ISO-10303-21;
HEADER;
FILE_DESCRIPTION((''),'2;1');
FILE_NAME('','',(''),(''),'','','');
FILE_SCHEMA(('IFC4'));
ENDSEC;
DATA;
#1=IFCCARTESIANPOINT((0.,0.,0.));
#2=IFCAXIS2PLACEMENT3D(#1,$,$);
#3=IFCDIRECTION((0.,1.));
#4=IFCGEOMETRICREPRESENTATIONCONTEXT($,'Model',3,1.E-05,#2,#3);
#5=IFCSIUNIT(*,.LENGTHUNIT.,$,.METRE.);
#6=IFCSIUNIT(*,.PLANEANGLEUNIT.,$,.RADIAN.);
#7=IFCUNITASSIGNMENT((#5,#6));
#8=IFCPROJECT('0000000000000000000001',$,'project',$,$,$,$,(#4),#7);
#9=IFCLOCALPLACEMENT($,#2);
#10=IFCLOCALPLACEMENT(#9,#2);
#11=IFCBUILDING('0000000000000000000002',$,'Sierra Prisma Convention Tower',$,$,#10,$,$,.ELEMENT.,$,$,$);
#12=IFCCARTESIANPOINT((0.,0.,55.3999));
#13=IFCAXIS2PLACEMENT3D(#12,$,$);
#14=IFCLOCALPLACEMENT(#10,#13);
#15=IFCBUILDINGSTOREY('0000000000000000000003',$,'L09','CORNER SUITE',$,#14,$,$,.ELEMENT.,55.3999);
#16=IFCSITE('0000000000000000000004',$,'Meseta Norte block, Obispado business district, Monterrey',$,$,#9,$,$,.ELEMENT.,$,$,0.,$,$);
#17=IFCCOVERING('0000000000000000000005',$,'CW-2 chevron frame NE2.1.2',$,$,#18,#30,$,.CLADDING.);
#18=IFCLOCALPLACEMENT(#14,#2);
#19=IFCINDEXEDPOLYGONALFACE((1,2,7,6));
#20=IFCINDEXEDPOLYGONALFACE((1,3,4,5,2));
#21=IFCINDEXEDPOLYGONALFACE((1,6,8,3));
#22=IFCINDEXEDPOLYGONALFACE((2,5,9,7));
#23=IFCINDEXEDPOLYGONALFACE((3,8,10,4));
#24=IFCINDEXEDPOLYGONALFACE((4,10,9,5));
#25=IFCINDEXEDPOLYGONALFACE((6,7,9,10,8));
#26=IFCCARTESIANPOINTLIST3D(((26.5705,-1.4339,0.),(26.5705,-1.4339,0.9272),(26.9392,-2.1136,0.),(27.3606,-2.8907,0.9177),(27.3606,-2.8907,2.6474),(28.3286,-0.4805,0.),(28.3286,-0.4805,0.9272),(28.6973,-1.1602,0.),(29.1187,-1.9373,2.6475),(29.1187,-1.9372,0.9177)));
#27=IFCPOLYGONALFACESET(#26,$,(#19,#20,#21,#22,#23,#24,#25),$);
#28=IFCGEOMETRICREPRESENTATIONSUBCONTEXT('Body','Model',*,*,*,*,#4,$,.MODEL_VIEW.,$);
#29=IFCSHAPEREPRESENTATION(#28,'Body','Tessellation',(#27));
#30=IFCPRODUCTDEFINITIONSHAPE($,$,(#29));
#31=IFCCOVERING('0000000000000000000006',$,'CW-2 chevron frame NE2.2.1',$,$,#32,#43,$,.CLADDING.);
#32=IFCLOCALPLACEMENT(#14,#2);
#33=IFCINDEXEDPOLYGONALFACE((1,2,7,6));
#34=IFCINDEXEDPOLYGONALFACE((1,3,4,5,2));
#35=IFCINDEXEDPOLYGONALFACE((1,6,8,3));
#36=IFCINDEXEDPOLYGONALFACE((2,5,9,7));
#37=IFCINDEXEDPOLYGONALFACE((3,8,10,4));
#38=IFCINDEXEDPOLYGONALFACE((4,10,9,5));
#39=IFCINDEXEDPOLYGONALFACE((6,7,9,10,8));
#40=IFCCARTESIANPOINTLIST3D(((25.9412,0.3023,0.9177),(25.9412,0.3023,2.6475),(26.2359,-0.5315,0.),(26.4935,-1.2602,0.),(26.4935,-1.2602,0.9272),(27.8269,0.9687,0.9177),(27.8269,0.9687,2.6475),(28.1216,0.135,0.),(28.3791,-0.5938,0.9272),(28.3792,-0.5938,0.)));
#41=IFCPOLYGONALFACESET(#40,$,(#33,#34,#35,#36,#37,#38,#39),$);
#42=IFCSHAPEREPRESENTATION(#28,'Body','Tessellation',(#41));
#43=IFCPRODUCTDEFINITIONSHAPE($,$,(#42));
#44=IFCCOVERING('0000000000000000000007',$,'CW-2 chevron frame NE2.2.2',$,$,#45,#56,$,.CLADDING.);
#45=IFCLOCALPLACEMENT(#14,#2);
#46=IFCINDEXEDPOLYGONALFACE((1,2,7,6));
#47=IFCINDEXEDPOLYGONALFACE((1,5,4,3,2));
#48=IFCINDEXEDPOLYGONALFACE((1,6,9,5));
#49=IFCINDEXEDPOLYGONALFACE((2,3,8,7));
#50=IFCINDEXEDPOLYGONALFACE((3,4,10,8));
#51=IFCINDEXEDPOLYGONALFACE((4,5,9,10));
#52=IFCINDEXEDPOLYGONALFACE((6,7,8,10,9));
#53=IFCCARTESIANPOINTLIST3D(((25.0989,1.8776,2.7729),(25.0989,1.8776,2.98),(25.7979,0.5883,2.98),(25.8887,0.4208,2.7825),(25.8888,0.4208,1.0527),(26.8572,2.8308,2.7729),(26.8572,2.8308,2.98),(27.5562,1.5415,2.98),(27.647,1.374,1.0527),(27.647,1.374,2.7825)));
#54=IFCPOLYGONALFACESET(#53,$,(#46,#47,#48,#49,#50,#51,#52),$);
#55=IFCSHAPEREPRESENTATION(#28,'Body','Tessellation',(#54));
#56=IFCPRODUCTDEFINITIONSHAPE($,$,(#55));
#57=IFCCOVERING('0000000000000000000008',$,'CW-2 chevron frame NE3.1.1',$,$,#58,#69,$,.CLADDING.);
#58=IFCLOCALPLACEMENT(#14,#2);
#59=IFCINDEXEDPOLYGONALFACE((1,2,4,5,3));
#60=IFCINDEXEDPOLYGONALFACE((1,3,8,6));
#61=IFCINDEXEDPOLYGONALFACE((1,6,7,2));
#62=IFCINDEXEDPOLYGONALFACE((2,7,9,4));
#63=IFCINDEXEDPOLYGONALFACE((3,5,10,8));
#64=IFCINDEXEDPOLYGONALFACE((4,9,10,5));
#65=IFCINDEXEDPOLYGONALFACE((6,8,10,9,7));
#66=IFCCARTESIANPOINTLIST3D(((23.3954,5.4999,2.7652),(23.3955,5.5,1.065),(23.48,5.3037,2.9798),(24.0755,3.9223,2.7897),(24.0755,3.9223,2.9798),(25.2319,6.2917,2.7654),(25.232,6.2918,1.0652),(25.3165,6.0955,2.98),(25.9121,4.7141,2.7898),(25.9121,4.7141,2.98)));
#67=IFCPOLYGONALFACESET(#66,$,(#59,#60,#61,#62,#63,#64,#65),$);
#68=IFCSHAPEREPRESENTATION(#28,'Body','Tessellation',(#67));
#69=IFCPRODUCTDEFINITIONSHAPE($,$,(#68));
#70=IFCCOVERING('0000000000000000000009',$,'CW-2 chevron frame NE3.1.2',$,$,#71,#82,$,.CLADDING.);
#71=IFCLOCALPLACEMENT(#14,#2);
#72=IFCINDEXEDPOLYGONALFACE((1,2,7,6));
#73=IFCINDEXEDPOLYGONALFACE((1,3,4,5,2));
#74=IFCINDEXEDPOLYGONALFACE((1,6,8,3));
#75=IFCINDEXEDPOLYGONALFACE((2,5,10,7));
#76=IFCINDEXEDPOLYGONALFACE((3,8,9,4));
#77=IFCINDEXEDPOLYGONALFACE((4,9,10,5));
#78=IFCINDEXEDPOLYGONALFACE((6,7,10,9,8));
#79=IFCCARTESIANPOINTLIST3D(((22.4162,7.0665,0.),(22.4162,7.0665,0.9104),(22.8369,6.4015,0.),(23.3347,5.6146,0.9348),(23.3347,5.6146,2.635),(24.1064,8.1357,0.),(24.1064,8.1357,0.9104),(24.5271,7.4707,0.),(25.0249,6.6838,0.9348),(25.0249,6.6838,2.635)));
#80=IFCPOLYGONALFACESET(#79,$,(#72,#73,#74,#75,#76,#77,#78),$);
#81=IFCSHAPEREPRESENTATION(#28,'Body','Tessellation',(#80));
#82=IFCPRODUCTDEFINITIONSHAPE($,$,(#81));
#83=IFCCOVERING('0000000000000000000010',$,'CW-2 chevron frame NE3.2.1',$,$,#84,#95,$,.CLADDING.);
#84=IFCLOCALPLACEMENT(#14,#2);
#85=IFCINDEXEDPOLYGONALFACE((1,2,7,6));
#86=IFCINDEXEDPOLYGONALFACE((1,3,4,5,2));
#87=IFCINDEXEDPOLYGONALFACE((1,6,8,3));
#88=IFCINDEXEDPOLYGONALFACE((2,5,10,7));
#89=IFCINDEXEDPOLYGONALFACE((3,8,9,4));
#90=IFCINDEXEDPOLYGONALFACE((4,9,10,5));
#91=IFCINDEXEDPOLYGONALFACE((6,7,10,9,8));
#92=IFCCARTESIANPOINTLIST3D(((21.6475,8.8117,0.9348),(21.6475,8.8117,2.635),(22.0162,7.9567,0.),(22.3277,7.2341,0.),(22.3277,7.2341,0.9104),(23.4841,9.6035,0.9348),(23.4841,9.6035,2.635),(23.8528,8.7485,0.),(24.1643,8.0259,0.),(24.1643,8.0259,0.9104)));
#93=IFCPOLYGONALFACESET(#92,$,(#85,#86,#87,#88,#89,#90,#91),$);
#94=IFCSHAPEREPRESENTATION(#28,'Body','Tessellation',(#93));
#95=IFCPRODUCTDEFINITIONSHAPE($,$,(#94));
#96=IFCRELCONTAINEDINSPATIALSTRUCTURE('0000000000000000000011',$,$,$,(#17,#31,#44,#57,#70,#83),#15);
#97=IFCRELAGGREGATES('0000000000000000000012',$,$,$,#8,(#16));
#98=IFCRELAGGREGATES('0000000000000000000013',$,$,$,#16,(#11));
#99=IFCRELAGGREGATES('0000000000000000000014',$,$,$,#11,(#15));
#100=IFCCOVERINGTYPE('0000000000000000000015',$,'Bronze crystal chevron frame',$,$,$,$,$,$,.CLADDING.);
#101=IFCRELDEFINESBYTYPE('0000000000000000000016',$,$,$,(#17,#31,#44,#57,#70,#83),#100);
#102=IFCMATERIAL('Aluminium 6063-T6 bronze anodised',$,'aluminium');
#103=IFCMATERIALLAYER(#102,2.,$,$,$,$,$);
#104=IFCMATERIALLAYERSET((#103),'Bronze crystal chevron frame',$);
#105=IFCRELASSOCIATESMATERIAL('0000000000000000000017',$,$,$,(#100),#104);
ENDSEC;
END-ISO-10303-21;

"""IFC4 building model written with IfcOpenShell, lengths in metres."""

from ifc_helpers import new_model, si_unit, direction, frame, origin, place, context, subcontext, project, spatial, polyline, outline, extrude, material, layer, layer_set, type_object, element, save


model = new_model("IFC4")

# Units and contexts
model_context = context("Model", 3, precision=1e-05, world=origin(), true_north=direction((0.0, 1.0)))
body_context = subcontext(model_context, "Body", "Model", "MODEL_VIEW")
ifc_project = project(units=[si_unit("LENGTHUNIT", "METRE"), si_unit("PLANEANGLEUNIT", "RADIAN")], contexts=[model_context])

# Site, building, storey
site_placement = place(None, origin())
site = spatial("IfcSite", under=ifc_project, at=site_placement, Name="Meseta Norte block, Obispado business district, Monterrey", CompositionType="ELEMENT", RefElevation=0.0)
building_placement = place(site_placement, origin())
building = spatial("IfcBuilding", under=site, at=building_placement, Name="Sierra Prisma Convention Tower", CompositionType="ELEMENT")
storey_placement = place(building_placement, frame((0.0, 0.0, 55.3999)))
storey = spatial("IfcBuildingStorey", under=building, at=storey_placement, Name="L09", Description="CORNER SUITE", CompositionType="ELEMENT", Elevation=55.3999)

# Coverings
ifc_material_1 = material(Name="Aluminium 6063-T6 bronze anodised", Category="aluminium")
ifc_layer_1 = layer(ifc_material_1, 2.0)
ifc_layer_set_1 = layer_set([ifc_layer_1], Name="Bronze crystal chevron frame")
covering_type = type_object("IfcCoveringType", Name="Bronze crystal chevron frame", PredefinedType="CLADDING", material=ifc_layer_set_1)
covering_1_placement = place(storey_placement, frame((29.1187, -1.9373, 2.6475), z_axis=(0.879049, 0.476731, 0.000013), x_axis=(0.000012, 0.000006, -1.0)))
element("IfcCovering", 1, at=covering_1_placement, inside=storey, type_object=covering_type, Name="CW-2 chevron frame NE2.1.2", PredefinedType="CLADDING", context=body_context, shape_type="SweptSolid", body=[
    extrude(outline(polyline([(0.0, 0.0), (1.7297, 0.0), (2.6475, 0.884), (2.6475, 1.6572), (1.7202, 1.6572), (0.0, 0.0)])), origin(), (0.0, 0.0, -1.0), 2.0),
])
covering_2_placement = place(storey_placement, frame((28.3792, -0.5938, 0.0), z_axis=(0.942844, 0.333236, 0.000001), x_axis=(-0.333236, 0.942844, 0.0)))
element("IfcCovering", 2, at=covering_2_placement, inside=storey, type_object=covering_type, Name="CW-2 chevron frame NE2.2.1", PredefinedType="CLADDING", context=body_context, shape_type="SweptSolid", body=[
    extrude(outline(polyline([(0.0, 0.0), (0.7729, 0.0), (1.6572, 0.9177), (1.6572, 2.6475), (0.0, 0.9272), (0.0, 0.0)])), origin(), (0.0, 0.0, -1.0), 2.0),
])
covering_3_placement = place(storey_placement, frame((26.8572, 2.8308, 2.98), z_axis=(0.879115, 0.47661, 0.000009), x_axis=(0.47661, -0.879115, 0.0)))
element("IfcCovering", 3, at=covering_3_placement, inside=storey, type_object=covering_type, Name="CW-2 chevron frame NE2.2.2", PredefinedType="CLADDING", context=body_context, shape_type="SweptSolid", body=[
    extrude(outline(polyline([(0.0, 0.0), (1.4666, 0.0), (1.6571, 0.1975), (1.6571, 1.9272), (0.0, 0.207), (0.0, 0.0)])), origin(), (0.0, 0.0, -1.0), 2.0),
])
covering_4_placement = place(storey_placement, frame((25.9121, 4.7141, 2.98), z_axis=(0.918287, 0.395916, 0.000068), x_axis=(0.000063, 0.000027, -1.0)))
element("IfcCovering", 4, at=covering_4_placement, inside=storey, type_object=covering_type, Name="CW-2 chevron frame NE3.1.1", PredefinedType="CLADDING", context=body_context, shape_type="SweptSolid", body=[
    extrude(outline(polyline([(0.0, 0.0), (0.1902, 0.0), (1.9148, 1.718), (0.2146, 1.718), (0.0, 1.5043), (0.0, 0.0)])), origin(), (0.0, 0.0, -1.0), 2.0),
])
covering_5_placement = place(storey_placement, frame((25.0249, 6.6838, 2.635), z_axis=(0.845107, 0.534597, -0.000011), x_axis=(-0.00001, -0.000006, -1.0)))
element("IfcCovering", 5, at=covering_5_placement, inside=storey, type_object=covering_type, Name="CW-2 chevron frame NE3.1.2", PredefinedType="CLADDING", context=body_context, shape_type="SweptSolid", body=[
    extrude(outline(polyline([(0.0, 0.0), (1.7002, 0.0), (2.635, 0.9311), (2.635, 1.718), (1.7246, 1.718), (0.0, 0.0)])), origin(), (0.0, 0.0, -1.0), 2.0),
])
covering_6_placement = place(storey_placement, frame((24.1643, 8.0259, 0.0), z_axis=(0.918293, 0.395902, 0.000012), x_axis=(-0.395902, 0.918293, 0.0)))
element("IfcCovering", 6, at=covering_6_placement, inside=storey, type_object=covering_type, Name="CW-2 chevron frame NE3.2.1", PredefinedType="CLADDING", context=body_context, shape_type="SweptSolid", body=[
    extrude(outline(polyline([(0.0, 0.0), (0.7869, 0.0), (1.718, 0.9348), (1.718, 2.635), (0.0, 0.9104), (0.0, 0.0)])), origin(), (0.0, 0.0, -1.0), 2.0),
])

save(model, "model.ifc")
